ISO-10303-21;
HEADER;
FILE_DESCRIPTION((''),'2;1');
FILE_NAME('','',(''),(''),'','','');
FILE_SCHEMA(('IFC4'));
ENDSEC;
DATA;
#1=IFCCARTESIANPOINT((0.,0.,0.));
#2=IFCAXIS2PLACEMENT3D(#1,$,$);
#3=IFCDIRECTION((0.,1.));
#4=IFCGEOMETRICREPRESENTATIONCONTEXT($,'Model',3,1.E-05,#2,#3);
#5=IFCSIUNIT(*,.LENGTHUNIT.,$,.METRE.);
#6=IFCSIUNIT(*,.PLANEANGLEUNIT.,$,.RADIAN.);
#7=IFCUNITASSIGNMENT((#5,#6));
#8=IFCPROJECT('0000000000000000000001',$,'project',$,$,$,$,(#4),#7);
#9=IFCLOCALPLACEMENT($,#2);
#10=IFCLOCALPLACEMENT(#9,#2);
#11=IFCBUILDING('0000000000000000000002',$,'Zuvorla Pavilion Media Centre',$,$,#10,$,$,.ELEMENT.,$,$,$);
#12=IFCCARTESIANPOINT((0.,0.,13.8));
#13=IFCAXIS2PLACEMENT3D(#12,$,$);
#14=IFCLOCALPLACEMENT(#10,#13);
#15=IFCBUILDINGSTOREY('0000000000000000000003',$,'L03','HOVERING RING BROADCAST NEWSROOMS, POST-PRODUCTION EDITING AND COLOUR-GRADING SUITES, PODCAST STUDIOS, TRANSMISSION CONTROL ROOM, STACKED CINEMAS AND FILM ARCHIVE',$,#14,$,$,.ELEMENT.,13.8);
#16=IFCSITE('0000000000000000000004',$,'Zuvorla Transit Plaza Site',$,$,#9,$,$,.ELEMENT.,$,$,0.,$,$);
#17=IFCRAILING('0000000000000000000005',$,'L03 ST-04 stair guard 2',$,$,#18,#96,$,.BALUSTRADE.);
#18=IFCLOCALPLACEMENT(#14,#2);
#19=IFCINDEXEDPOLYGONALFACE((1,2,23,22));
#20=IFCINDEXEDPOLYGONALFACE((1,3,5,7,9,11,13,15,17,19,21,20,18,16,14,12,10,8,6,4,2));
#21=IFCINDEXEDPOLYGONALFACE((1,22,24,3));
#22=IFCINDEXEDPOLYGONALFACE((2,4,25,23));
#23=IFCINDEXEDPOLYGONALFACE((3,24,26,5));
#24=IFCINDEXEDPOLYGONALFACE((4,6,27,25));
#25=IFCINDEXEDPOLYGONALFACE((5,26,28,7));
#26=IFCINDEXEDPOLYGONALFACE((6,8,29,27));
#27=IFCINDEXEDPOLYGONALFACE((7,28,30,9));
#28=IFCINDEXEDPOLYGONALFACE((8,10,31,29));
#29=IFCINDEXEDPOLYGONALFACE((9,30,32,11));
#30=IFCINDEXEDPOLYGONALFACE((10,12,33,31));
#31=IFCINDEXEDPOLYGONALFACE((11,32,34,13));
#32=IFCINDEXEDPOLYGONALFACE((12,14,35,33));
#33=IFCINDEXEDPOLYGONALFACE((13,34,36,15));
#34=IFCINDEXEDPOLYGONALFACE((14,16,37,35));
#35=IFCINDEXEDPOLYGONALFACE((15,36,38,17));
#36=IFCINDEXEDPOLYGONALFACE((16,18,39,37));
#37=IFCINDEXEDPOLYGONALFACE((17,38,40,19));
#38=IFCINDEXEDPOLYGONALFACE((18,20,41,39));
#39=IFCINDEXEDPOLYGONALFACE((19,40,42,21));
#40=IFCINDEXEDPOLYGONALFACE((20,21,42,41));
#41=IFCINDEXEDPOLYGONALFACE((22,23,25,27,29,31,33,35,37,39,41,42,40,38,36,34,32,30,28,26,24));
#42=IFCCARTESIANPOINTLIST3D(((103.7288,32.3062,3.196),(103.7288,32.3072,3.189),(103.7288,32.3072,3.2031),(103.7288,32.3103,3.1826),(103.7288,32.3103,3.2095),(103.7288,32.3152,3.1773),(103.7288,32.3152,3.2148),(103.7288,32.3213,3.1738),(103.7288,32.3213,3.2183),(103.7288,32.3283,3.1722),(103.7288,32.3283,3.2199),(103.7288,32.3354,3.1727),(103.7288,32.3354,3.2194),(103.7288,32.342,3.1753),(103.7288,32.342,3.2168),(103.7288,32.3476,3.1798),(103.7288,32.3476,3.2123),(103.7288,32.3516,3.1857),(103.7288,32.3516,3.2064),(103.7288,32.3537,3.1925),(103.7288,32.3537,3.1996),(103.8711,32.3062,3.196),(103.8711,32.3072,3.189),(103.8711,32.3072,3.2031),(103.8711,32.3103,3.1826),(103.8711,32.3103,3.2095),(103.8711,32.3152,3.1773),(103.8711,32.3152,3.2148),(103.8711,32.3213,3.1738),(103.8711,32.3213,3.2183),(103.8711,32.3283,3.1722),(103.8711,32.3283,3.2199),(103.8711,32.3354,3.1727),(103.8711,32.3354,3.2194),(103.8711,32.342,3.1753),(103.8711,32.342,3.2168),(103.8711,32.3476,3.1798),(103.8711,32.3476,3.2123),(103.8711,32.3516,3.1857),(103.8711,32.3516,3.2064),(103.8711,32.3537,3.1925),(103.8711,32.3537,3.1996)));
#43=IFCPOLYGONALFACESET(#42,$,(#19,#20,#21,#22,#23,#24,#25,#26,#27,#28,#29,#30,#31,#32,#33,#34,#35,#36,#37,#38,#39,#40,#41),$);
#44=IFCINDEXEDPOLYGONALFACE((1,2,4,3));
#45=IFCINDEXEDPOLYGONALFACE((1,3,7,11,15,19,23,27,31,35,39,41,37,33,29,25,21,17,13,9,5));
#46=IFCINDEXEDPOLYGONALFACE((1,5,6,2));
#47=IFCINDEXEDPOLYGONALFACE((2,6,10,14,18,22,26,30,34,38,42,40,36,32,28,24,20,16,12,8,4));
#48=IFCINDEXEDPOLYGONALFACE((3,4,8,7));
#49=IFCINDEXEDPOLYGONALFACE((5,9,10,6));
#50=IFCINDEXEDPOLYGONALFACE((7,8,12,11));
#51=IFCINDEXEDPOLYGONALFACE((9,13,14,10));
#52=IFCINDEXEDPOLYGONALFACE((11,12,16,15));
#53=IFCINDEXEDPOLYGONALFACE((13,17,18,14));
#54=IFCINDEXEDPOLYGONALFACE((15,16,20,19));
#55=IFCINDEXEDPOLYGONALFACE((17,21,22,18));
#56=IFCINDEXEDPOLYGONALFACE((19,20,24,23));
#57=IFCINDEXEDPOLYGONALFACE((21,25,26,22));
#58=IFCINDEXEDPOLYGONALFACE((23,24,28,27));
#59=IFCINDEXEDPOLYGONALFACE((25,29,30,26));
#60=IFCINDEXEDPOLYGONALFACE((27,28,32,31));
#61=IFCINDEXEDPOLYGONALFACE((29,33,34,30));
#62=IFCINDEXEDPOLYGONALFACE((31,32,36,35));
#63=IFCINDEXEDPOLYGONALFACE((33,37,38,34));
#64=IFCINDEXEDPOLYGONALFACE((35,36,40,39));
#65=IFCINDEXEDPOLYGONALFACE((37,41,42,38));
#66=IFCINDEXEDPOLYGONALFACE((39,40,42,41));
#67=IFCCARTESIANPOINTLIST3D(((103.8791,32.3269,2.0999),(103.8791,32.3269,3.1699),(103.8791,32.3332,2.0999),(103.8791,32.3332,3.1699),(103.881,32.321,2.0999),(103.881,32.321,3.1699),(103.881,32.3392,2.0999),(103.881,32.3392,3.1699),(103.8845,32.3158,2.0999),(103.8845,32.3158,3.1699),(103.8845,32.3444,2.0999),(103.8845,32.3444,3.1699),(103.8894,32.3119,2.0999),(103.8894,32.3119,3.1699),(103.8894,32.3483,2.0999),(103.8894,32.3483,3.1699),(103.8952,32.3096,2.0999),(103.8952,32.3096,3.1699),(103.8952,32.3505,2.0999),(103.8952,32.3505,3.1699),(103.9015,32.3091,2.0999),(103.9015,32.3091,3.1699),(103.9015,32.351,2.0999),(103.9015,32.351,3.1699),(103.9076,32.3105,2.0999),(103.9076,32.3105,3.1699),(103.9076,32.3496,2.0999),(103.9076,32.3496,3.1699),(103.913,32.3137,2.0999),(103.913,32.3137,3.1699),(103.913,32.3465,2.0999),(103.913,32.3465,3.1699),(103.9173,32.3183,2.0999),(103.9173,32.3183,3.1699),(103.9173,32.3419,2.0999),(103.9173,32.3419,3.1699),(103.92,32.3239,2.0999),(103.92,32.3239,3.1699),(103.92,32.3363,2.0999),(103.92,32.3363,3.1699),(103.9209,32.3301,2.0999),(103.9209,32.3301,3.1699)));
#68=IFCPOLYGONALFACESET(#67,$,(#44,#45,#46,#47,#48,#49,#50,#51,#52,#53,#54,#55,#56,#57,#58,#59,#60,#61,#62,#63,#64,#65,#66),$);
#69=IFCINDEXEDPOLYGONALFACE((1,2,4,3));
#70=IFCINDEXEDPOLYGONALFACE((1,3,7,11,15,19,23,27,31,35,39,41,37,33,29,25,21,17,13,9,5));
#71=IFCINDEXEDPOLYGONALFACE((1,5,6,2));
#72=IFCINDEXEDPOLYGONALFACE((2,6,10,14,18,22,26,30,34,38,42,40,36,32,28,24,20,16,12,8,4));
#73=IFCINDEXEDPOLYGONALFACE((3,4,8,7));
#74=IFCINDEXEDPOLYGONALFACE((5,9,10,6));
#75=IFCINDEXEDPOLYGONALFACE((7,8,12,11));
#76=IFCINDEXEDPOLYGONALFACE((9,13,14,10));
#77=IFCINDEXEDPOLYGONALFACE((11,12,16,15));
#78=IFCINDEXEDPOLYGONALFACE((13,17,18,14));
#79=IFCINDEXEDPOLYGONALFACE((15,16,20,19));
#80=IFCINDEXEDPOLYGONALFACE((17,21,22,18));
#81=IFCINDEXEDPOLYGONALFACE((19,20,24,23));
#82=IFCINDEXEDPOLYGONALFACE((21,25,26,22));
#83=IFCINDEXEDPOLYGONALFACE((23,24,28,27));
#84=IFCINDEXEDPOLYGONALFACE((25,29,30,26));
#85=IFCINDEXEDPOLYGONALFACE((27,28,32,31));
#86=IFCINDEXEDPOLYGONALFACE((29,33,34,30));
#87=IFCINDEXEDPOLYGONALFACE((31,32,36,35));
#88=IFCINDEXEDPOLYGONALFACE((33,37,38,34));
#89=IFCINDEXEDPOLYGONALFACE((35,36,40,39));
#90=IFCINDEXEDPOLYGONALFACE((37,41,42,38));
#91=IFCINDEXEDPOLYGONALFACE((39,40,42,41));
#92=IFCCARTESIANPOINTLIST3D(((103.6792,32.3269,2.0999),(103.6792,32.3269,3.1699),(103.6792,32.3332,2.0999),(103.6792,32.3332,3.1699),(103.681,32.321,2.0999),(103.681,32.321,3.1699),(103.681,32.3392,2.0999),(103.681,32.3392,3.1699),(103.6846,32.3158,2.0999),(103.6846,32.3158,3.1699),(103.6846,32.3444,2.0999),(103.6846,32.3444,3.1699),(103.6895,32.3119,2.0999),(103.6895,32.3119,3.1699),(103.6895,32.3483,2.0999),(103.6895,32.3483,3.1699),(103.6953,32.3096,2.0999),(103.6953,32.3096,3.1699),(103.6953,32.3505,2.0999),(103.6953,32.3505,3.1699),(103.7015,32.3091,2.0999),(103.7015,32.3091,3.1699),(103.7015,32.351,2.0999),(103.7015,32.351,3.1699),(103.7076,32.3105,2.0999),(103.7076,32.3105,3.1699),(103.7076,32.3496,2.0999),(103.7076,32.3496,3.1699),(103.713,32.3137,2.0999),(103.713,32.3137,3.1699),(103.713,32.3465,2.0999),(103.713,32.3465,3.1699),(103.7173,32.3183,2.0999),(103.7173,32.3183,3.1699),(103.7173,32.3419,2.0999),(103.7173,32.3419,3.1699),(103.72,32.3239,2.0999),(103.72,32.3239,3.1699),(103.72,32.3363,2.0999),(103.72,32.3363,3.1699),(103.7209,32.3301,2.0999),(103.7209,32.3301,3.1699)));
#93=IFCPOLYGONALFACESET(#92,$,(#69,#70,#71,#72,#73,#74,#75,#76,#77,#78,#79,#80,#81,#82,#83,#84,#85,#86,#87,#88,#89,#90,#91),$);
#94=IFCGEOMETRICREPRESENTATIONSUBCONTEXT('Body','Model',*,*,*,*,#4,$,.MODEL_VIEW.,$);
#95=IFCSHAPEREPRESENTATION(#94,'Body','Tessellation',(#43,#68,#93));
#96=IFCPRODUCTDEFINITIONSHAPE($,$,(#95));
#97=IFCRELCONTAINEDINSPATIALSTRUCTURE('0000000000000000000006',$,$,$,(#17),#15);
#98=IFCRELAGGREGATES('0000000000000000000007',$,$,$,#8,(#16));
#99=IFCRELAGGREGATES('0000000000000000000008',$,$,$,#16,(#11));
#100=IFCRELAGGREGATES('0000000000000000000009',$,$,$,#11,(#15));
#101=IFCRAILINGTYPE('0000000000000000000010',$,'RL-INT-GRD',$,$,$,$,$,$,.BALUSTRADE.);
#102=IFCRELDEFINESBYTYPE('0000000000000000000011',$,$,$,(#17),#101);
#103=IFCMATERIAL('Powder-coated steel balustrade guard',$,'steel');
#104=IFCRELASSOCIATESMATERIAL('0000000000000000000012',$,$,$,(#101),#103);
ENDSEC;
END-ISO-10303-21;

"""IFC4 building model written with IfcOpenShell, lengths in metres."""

from ifc_helpers import new_model, si_unit, direction, frame, origin, origin_2d, place, context, subcontext, project, spatial, circle, extrude, material, type_object, element, save


model = new_model("IFC4")

# Units and contexts
model_context = context("Model", 3, precision=1e-05, world=origin(), true_north=direction((0.0, 1.0)))
body_context = subcontext(model_context, "Body", "Model", "MODEL_VIEW")
ifc_project = project(units=[si_unit("LENGTHUNIT", "METRE"), si_unit("PLANEANGLEUNIT", "RADIAN")], contexts=[model_context])

# Site, building, storey
site_placement = place(None, origin())
site = spatial("IfcSite", under=ifc_project, at=site_placement, Name="Zuvorla Transit Plaza Site", CompositionType="ELEMENT", RefElevation=0.0)
building_placement = place(site_placement, origin())
building = spatial("IfcBuilding", under=site, at=building_placement, Name="Zuvorla Pavilion Media Centre", CompositionType="ELEMENT")
storey_placement = place(building_placement, frame((0.0, 0.0, 13.8)))
storey = spatial("IfcBuildingStorey", under=building, at=storey_placement, Name="L03", Description="HOVERING RING BROADCAST NEWSROOMS, POST-PRODUCTION EDITING AND COLOUR-GRADING SUITES, PODCAST STUDIOS, TRANSMISSION CONTROL ROOM, STACKED CINEMAS AND FILM ARCHIVE", CompositionType="ELEMENT", Elevation=13.8)

# Railing
ifc_material_1 = material(Name="Powder-coated steel balustrade guard", Category="steel")
railing_type_1 = type_object("IfcRailingType", Name="RL-INT-GRD", PredefinedType="BALUSTRADE", material=ifc_material_1)
railing_1_placement = place(storey_placement, frame((103.8999, 32.3301, 2.0999)))
element("IfcRailing", 1, at=railing_1_placement, inside=storey, type_object=railing_type_1, Name="L03 ST-04 stair guard 2", PredefinedType="BALUSTRADE", context=body_context, shape_type="SweptSolid", body=[
    extrude(circle(Radius=0.0239, at=origin_2d()), frame((-0.0288, 0.0, 1.0962), z_axis=(-1.0, 0.0, 0.0), x_axis=(0.0, -1.0, 0.0)), (0.0, 0.0, 1.0), 0.1423),
    extrude(circle(Radius=0.021, at=origin_2d()), origin(), (0.0, 0.0, 1.0), 1.0701),
    extrude(circle(Radius=0.021, at=origin_2d()), frame((-0.2, 0.0, 0.0)), (0.0, 0.0, 1.0), 1.0701),
])

save(model, "model.ifc")
